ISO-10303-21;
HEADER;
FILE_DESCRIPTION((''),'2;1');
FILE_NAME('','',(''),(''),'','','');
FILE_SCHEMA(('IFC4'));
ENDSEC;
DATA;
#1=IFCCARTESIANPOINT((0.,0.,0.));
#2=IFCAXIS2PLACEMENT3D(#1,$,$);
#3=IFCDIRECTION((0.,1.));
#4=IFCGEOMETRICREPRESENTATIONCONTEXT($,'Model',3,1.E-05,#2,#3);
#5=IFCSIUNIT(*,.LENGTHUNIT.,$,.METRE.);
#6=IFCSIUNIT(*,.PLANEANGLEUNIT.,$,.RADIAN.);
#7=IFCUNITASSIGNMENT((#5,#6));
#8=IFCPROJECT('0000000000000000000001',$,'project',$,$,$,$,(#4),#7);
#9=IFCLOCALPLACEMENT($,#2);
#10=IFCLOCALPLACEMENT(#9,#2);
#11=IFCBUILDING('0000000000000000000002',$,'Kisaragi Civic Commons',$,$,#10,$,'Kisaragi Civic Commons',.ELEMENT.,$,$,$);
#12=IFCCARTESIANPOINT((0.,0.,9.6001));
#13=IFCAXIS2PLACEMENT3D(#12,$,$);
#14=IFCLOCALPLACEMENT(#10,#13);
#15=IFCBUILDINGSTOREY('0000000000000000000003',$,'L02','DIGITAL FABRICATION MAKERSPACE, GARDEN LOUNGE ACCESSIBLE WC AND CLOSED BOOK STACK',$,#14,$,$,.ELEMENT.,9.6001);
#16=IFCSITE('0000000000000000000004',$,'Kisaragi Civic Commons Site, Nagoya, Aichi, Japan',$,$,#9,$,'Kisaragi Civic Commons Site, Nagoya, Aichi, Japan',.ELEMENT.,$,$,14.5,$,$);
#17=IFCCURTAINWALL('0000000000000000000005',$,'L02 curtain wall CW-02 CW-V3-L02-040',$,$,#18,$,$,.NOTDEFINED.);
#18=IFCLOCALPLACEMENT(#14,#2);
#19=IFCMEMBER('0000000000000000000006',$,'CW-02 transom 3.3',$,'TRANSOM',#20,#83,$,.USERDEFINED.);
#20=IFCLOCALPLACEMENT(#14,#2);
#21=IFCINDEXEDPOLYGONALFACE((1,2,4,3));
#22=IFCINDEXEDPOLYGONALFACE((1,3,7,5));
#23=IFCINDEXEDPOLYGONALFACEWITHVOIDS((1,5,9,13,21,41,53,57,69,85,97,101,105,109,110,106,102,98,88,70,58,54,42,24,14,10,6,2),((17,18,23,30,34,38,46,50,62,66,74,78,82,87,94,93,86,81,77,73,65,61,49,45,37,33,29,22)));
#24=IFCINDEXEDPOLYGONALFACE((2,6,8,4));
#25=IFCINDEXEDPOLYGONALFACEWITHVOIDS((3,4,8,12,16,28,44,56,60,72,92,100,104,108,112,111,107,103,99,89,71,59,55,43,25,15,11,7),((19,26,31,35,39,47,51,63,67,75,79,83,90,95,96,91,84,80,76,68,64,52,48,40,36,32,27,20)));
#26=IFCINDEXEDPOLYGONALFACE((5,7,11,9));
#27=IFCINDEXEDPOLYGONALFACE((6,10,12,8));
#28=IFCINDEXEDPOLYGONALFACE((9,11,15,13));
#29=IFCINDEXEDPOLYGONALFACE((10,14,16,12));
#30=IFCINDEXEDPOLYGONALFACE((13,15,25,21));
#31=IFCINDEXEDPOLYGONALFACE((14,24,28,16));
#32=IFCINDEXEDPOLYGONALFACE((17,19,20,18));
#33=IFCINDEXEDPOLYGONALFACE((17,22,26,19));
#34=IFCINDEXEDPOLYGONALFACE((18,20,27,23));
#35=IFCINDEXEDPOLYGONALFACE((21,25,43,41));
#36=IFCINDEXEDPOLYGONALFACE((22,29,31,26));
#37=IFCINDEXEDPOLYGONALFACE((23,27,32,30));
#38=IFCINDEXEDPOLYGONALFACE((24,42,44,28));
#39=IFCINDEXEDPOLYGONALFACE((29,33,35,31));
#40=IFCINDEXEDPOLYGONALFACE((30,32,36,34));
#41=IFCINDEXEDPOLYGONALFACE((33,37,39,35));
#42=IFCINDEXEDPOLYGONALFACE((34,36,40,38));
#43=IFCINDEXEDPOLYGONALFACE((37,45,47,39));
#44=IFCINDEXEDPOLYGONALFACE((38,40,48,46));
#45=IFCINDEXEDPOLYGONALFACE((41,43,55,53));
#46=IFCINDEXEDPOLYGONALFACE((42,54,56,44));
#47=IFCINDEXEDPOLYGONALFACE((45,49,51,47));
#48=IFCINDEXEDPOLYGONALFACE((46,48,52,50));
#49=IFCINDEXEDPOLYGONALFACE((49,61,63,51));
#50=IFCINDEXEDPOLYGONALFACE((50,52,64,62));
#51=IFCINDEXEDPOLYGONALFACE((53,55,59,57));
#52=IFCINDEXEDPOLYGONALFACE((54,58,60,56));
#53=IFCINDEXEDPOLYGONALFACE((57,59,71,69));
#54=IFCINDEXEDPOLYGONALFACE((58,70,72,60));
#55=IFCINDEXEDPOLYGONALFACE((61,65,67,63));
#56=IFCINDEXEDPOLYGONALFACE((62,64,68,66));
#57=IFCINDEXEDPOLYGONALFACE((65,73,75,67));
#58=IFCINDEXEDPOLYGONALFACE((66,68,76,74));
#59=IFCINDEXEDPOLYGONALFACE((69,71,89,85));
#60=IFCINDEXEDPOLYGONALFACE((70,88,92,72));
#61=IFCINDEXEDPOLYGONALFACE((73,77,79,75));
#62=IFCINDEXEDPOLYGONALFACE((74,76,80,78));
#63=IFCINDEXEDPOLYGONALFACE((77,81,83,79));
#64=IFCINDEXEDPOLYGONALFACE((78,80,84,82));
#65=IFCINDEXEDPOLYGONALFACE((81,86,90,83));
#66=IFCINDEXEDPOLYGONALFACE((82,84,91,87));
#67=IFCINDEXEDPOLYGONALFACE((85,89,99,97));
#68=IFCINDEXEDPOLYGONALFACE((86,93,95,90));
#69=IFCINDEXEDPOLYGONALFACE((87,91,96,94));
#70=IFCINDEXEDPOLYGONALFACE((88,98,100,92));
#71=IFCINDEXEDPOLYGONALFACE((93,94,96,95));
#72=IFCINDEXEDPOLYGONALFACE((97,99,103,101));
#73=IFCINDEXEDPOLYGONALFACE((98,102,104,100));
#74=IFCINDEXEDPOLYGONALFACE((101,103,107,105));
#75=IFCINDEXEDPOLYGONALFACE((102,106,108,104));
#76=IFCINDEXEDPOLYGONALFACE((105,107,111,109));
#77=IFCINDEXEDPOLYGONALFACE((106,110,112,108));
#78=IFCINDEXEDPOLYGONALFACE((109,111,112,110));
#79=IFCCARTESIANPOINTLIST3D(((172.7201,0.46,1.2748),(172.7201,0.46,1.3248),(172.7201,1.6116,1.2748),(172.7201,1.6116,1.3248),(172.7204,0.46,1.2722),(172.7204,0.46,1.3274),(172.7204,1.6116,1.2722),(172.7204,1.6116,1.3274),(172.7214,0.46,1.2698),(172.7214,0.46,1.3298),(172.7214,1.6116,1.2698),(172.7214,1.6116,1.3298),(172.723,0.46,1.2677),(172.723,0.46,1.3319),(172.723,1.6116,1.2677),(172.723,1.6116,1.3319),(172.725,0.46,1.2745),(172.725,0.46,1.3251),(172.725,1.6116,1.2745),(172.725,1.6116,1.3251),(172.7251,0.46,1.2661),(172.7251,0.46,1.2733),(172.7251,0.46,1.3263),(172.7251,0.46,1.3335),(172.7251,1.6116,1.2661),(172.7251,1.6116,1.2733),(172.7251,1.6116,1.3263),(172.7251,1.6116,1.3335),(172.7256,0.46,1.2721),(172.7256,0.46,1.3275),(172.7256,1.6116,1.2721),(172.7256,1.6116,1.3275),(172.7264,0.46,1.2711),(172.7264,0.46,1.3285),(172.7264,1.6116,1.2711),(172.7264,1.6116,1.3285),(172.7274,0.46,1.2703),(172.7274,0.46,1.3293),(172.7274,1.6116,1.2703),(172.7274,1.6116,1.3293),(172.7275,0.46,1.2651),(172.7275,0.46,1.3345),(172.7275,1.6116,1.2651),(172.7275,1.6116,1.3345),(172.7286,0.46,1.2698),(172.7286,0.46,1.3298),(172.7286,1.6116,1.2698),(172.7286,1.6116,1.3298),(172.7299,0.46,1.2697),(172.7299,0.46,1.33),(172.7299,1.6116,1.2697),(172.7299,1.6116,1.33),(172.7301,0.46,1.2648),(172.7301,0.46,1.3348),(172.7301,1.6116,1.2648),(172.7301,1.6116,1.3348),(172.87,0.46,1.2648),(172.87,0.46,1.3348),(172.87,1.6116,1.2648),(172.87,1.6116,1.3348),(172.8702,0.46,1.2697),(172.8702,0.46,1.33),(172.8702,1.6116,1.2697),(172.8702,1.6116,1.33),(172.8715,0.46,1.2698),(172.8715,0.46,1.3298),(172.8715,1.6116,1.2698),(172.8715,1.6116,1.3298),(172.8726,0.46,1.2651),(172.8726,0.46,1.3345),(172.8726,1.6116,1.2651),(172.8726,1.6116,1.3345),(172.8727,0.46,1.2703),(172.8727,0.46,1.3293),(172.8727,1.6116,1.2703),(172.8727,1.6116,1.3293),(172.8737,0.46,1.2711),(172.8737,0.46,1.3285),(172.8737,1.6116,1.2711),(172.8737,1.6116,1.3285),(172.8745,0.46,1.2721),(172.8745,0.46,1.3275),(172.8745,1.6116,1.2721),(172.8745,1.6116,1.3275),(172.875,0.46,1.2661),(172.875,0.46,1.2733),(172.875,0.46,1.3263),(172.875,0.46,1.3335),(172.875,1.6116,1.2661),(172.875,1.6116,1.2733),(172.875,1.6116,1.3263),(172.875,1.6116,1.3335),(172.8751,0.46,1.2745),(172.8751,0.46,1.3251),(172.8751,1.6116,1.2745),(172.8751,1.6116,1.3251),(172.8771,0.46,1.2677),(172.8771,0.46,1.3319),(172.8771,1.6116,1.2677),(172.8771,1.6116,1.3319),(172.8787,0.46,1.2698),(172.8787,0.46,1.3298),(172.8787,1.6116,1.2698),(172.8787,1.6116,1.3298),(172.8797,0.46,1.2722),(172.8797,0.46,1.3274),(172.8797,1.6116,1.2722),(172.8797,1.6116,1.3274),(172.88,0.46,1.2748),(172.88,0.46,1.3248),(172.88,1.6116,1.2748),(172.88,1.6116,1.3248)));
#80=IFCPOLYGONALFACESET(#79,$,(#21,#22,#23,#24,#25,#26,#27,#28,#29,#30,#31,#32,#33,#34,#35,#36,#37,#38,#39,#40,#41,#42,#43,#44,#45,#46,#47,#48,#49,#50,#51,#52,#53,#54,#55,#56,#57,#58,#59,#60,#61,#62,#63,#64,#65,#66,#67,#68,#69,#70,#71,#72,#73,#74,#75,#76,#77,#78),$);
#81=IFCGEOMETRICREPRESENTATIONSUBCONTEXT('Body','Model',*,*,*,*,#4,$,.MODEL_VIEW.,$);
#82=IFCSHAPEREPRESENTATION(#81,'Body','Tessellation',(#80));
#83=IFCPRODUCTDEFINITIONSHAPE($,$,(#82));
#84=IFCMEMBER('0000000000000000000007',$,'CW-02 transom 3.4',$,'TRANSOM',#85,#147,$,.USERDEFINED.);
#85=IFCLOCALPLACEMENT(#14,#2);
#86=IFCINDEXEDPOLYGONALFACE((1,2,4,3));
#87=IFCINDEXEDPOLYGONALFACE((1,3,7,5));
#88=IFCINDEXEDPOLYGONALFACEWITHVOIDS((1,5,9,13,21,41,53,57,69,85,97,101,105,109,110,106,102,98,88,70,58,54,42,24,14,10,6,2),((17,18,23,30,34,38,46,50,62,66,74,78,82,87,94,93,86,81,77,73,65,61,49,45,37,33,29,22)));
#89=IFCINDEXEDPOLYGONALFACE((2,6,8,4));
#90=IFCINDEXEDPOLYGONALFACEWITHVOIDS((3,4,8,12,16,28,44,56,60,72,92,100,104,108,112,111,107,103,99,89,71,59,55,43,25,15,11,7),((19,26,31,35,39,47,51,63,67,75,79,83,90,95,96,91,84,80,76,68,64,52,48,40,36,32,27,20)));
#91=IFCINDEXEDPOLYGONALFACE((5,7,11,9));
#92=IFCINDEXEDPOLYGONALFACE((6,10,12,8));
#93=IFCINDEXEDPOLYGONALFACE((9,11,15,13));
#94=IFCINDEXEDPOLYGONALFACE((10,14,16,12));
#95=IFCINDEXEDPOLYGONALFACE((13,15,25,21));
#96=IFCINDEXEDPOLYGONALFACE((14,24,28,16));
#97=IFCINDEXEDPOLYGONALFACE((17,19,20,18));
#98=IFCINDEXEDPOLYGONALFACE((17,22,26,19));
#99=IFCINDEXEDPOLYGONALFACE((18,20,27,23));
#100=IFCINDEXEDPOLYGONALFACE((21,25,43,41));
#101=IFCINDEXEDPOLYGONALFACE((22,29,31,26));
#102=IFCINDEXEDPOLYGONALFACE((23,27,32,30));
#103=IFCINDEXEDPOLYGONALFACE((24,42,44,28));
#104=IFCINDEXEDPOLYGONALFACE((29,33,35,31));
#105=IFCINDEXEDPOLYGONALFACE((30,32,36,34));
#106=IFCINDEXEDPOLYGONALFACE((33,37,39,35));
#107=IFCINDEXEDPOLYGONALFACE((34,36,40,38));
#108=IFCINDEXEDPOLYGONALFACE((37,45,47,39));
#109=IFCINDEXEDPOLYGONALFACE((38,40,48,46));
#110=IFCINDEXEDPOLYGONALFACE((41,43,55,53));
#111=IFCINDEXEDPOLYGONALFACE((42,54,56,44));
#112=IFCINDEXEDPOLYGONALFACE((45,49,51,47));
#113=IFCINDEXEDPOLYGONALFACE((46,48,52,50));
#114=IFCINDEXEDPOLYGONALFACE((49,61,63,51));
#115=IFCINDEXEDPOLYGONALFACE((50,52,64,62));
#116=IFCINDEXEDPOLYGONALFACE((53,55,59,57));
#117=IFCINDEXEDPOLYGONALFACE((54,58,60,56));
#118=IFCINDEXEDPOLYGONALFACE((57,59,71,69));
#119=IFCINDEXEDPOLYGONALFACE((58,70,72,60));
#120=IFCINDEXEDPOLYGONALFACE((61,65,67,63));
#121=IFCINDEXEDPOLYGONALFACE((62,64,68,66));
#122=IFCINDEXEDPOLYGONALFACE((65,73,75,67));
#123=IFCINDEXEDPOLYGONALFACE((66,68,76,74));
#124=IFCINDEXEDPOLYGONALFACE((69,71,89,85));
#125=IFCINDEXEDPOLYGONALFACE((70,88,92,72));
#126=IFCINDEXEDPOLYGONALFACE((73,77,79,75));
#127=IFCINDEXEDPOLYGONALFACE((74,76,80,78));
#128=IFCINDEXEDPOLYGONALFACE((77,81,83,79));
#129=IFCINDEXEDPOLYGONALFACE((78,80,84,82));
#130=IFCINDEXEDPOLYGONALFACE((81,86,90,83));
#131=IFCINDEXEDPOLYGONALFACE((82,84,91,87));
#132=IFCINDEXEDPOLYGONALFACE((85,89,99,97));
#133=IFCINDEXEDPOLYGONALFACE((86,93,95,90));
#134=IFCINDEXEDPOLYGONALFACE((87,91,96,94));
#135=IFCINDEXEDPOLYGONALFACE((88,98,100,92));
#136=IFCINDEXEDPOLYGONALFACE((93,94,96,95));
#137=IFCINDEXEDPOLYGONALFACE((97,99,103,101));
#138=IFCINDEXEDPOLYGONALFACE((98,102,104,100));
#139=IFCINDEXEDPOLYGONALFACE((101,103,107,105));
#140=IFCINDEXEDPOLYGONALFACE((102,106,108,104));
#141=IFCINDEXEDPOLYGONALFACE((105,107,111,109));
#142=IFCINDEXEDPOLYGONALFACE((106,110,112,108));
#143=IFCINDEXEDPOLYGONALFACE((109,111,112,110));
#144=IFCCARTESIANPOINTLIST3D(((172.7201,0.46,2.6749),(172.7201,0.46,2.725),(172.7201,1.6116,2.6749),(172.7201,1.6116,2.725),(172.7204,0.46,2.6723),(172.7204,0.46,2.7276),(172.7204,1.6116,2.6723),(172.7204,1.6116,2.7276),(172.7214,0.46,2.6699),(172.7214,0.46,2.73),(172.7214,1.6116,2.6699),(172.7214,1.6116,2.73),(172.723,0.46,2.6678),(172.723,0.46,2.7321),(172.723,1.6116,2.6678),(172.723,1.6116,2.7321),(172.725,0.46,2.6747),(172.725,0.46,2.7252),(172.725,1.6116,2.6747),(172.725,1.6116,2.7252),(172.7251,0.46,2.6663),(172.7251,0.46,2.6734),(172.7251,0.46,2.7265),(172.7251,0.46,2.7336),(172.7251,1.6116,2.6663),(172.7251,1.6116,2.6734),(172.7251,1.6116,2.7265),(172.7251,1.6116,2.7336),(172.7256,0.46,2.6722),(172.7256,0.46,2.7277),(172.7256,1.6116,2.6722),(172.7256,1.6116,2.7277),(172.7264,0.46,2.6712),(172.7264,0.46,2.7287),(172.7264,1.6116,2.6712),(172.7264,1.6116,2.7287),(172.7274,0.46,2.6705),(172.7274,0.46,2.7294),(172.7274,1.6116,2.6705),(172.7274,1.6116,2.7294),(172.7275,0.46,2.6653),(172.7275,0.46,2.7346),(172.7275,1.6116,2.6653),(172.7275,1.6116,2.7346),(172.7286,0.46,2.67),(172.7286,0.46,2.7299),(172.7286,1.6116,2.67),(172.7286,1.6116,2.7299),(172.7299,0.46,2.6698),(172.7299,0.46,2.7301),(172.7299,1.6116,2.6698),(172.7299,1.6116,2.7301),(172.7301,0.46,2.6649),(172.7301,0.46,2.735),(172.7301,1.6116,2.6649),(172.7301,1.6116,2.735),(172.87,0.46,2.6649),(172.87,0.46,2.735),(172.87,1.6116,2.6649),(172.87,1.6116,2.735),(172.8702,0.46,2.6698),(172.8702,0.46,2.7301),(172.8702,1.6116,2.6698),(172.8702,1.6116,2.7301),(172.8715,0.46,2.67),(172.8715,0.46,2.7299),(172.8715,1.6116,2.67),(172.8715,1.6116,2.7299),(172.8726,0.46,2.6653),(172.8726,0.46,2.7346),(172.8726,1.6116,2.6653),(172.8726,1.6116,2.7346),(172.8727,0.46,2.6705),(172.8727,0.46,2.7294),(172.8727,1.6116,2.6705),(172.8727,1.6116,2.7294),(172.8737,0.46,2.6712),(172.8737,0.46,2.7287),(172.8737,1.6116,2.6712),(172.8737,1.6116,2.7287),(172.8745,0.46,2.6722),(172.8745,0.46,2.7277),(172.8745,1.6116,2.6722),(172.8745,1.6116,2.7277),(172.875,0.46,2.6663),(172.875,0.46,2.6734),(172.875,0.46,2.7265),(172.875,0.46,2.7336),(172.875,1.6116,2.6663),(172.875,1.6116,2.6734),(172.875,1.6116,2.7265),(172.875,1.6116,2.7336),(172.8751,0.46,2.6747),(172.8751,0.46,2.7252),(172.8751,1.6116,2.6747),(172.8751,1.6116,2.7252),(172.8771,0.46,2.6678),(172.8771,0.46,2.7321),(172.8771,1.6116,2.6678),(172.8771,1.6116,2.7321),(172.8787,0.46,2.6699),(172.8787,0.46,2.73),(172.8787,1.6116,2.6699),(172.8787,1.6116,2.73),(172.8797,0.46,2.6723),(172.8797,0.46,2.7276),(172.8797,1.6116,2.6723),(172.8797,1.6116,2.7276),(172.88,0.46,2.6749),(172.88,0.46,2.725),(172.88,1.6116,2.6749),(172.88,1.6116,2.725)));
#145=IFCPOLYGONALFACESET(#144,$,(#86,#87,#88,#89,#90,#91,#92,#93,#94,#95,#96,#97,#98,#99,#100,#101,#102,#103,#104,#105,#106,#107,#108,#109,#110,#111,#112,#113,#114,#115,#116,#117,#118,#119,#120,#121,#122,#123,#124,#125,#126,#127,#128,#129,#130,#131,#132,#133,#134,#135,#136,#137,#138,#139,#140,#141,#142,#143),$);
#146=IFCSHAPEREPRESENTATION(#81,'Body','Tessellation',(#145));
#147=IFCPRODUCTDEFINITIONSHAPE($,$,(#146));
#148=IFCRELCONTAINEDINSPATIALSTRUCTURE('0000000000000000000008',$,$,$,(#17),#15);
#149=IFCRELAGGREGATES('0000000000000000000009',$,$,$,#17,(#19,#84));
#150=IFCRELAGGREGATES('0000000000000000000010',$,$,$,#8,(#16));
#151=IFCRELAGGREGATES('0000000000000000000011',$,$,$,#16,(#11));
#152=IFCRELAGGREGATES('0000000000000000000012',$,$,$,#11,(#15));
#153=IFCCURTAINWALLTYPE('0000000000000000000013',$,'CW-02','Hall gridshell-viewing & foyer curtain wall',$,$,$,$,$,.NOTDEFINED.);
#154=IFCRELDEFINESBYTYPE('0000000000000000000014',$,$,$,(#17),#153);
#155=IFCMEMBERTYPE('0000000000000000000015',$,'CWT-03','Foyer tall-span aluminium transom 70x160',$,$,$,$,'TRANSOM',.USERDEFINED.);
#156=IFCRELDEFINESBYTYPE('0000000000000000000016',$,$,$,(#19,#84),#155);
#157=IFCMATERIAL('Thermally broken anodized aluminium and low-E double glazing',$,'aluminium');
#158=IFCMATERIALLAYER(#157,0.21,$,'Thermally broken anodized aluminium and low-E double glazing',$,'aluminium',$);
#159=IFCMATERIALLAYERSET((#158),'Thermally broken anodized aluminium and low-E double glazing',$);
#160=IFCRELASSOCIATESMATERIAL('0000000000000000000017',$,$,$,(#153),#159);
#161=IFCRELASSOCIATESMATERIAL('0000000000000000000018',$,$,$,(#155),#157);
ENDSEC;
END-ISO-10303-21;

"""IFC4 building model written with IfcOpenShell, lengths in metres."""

from ifc_helpers import new_model, si_unit, direction, frame, origin, origin_2d, place, context, subcontext, project, spatial, hollow_rectangle, extrude, material, layer, layer_set, material_profile, profile_set, type_object, element, aggregate, save


model = new_model("IFC4")

# Units and contexts
model_context = context("Model", 3, precision=1e-05, world=origin(), true_north=direction((0.0, 1.0)))
body_context = subcontext(model_context, "Body", "Model", "MODEL_VIEW")
ifc_project = project(units=[si_unit("LENGTHUNIT", "METRE"), si_unit("PLANEANGLEUNIT", "RADIAN")], contexts=[model_context])

# Site, building, storey
site_placement = place(None, origin())
site = spatial("IfcSite", under=ifc_project, at=site_placement, Name="Kisaragi Civic Commons Site, Nagoya, Aichi, Japan", LongName="Kisaragi Civic Commons Site, Nagoya, Aichi, Japan", CompositionType="ELEMENT", RefElevation=14.5)
building_placement = place(site_placement, origin())
building = spatial("IfcBuilding", under=site, at=building_placement, Name="Kisaragi Civic Commons", LongName="Kisaragi Civic Commons", CompositionType="ELEMENT")
storey_placement = place(building_placement, frame((0.0, 0.0, 9.6001)))
storey = spatial("IfcBuildingStorey", under=building, at=storey_placement, Name="L02", Description="DIGITAL FABRICATION MAKERSPACE, GARDEN LOUNGE ACCESSIBLE WC AND CLOSED BOOK STACK", CompositionType="ELEMENT", Elevation=9.6001)

# Shared definitions
ifc_material_1 = material(Name="Thermally broken anodized aluminium and low-E double glazing", Category="aluminium")
ifc_layer_1 = layer(ifc_material_1, 0.21, Name="Thermally broken anodized aluminium and low-E double glazing", Category="aluminium")
ifc_layer_set_1 = layer_set([ifc_layer_1], Name="Thermally broken anodized aluminium and low-E double glazing")
curtain_wall_type = type_object("IfcCurtainWallType", Name="CW-02", Description="Hall gridshell-viewing & foyer curtain wall", PredefinedType="NOTDEFINED", material=ifc_layer_set_1)

# Curtain wall
curtain_wall_1_placement = place(storey_placement, origin())
curtain_wall_1 = element("IfcCurtainWall", 1, at=curtain_wall_1_placement, inside=storey, type_object=curtain_wall_type, Name="L02 curtain wall CW-02 CW-V3-L02-040", PredefinedType="NOTDEFINED")

# Members
ifc_material_profile_1 = material_profile(ifc_material_1, hollow_rectangle(XDim=0.1599, YDim=0.0701, WallThickness=0.0049, InnerFilletRadius=0.0049, OuterFilletRadius=0.01, at=origin_2d()), Name="CWT-70x160x5", Category="aluminium")
ifc_profile_set_1 = profile_set([ifc_material_profile_1], Name="Thermally broken anodized aluminium and low-E double glazing")
member_type_1 = type_object("IfcMemberType", Name="CWT-03", Description="Foyer tall-span aluminium transom 70x160", ElementType="TRANSOM", PredefinedType="USERDEFINED", material=ifc_profile_set_1)
member_1_placement = place(storey_placement, frame((172.8, 1.6116, 1.2998), z_axis=(0.0, -1.0, 0.0), x_axis=(1.0, 0.0, 0.0)))
member_1 = element("IfcMember", 2, at=member_1_placement, type_object=member_type_1, Name="CW-02 transom 3.3", ObjectType="TRANSOM", PredefinedType="USERDEFINED", context=body_context, shape_type="SweptSolid", body=[
    extrude(hollow_rectangle(XDim=0.1599, YDim=0.0701, WallThickness=0.0049, InnerFilletRadius=0.0049, OuterFilletRadius=0.01, at=origin_2d()), origin(), (0.0, 0.0, 1.0), 1.1516),
])
member_2_placement = place(storey_placement, frame((172.8, 1.6116, 2.7), z_axis=(0.0, -1.0, 0.0), x_axis=(1.0, 0.0, 0.0)))
member_2 = element("IfcMember", 3, at=member_2_placement, type_object=member_type_1, Name="CW-02 transom 3.4", ObjectType="TRANSOM", PredefinedType="USERDEFINED", context=body_context, shape_type="SweptSolid", body=[
    extrude(hollow_rectangle(XDim=0.1599, YDim=0.0701, WallThickness=0.0049, InnerFilletRadius=0.0049, OuterFilletRadius=0.01, at=origin_2d()), origin(), (0.0, 0.0, 1.0), 1.1516),
])

aggregate(curtain_wall_1, [member_1, member_2])

save(model, "model.ifc")
